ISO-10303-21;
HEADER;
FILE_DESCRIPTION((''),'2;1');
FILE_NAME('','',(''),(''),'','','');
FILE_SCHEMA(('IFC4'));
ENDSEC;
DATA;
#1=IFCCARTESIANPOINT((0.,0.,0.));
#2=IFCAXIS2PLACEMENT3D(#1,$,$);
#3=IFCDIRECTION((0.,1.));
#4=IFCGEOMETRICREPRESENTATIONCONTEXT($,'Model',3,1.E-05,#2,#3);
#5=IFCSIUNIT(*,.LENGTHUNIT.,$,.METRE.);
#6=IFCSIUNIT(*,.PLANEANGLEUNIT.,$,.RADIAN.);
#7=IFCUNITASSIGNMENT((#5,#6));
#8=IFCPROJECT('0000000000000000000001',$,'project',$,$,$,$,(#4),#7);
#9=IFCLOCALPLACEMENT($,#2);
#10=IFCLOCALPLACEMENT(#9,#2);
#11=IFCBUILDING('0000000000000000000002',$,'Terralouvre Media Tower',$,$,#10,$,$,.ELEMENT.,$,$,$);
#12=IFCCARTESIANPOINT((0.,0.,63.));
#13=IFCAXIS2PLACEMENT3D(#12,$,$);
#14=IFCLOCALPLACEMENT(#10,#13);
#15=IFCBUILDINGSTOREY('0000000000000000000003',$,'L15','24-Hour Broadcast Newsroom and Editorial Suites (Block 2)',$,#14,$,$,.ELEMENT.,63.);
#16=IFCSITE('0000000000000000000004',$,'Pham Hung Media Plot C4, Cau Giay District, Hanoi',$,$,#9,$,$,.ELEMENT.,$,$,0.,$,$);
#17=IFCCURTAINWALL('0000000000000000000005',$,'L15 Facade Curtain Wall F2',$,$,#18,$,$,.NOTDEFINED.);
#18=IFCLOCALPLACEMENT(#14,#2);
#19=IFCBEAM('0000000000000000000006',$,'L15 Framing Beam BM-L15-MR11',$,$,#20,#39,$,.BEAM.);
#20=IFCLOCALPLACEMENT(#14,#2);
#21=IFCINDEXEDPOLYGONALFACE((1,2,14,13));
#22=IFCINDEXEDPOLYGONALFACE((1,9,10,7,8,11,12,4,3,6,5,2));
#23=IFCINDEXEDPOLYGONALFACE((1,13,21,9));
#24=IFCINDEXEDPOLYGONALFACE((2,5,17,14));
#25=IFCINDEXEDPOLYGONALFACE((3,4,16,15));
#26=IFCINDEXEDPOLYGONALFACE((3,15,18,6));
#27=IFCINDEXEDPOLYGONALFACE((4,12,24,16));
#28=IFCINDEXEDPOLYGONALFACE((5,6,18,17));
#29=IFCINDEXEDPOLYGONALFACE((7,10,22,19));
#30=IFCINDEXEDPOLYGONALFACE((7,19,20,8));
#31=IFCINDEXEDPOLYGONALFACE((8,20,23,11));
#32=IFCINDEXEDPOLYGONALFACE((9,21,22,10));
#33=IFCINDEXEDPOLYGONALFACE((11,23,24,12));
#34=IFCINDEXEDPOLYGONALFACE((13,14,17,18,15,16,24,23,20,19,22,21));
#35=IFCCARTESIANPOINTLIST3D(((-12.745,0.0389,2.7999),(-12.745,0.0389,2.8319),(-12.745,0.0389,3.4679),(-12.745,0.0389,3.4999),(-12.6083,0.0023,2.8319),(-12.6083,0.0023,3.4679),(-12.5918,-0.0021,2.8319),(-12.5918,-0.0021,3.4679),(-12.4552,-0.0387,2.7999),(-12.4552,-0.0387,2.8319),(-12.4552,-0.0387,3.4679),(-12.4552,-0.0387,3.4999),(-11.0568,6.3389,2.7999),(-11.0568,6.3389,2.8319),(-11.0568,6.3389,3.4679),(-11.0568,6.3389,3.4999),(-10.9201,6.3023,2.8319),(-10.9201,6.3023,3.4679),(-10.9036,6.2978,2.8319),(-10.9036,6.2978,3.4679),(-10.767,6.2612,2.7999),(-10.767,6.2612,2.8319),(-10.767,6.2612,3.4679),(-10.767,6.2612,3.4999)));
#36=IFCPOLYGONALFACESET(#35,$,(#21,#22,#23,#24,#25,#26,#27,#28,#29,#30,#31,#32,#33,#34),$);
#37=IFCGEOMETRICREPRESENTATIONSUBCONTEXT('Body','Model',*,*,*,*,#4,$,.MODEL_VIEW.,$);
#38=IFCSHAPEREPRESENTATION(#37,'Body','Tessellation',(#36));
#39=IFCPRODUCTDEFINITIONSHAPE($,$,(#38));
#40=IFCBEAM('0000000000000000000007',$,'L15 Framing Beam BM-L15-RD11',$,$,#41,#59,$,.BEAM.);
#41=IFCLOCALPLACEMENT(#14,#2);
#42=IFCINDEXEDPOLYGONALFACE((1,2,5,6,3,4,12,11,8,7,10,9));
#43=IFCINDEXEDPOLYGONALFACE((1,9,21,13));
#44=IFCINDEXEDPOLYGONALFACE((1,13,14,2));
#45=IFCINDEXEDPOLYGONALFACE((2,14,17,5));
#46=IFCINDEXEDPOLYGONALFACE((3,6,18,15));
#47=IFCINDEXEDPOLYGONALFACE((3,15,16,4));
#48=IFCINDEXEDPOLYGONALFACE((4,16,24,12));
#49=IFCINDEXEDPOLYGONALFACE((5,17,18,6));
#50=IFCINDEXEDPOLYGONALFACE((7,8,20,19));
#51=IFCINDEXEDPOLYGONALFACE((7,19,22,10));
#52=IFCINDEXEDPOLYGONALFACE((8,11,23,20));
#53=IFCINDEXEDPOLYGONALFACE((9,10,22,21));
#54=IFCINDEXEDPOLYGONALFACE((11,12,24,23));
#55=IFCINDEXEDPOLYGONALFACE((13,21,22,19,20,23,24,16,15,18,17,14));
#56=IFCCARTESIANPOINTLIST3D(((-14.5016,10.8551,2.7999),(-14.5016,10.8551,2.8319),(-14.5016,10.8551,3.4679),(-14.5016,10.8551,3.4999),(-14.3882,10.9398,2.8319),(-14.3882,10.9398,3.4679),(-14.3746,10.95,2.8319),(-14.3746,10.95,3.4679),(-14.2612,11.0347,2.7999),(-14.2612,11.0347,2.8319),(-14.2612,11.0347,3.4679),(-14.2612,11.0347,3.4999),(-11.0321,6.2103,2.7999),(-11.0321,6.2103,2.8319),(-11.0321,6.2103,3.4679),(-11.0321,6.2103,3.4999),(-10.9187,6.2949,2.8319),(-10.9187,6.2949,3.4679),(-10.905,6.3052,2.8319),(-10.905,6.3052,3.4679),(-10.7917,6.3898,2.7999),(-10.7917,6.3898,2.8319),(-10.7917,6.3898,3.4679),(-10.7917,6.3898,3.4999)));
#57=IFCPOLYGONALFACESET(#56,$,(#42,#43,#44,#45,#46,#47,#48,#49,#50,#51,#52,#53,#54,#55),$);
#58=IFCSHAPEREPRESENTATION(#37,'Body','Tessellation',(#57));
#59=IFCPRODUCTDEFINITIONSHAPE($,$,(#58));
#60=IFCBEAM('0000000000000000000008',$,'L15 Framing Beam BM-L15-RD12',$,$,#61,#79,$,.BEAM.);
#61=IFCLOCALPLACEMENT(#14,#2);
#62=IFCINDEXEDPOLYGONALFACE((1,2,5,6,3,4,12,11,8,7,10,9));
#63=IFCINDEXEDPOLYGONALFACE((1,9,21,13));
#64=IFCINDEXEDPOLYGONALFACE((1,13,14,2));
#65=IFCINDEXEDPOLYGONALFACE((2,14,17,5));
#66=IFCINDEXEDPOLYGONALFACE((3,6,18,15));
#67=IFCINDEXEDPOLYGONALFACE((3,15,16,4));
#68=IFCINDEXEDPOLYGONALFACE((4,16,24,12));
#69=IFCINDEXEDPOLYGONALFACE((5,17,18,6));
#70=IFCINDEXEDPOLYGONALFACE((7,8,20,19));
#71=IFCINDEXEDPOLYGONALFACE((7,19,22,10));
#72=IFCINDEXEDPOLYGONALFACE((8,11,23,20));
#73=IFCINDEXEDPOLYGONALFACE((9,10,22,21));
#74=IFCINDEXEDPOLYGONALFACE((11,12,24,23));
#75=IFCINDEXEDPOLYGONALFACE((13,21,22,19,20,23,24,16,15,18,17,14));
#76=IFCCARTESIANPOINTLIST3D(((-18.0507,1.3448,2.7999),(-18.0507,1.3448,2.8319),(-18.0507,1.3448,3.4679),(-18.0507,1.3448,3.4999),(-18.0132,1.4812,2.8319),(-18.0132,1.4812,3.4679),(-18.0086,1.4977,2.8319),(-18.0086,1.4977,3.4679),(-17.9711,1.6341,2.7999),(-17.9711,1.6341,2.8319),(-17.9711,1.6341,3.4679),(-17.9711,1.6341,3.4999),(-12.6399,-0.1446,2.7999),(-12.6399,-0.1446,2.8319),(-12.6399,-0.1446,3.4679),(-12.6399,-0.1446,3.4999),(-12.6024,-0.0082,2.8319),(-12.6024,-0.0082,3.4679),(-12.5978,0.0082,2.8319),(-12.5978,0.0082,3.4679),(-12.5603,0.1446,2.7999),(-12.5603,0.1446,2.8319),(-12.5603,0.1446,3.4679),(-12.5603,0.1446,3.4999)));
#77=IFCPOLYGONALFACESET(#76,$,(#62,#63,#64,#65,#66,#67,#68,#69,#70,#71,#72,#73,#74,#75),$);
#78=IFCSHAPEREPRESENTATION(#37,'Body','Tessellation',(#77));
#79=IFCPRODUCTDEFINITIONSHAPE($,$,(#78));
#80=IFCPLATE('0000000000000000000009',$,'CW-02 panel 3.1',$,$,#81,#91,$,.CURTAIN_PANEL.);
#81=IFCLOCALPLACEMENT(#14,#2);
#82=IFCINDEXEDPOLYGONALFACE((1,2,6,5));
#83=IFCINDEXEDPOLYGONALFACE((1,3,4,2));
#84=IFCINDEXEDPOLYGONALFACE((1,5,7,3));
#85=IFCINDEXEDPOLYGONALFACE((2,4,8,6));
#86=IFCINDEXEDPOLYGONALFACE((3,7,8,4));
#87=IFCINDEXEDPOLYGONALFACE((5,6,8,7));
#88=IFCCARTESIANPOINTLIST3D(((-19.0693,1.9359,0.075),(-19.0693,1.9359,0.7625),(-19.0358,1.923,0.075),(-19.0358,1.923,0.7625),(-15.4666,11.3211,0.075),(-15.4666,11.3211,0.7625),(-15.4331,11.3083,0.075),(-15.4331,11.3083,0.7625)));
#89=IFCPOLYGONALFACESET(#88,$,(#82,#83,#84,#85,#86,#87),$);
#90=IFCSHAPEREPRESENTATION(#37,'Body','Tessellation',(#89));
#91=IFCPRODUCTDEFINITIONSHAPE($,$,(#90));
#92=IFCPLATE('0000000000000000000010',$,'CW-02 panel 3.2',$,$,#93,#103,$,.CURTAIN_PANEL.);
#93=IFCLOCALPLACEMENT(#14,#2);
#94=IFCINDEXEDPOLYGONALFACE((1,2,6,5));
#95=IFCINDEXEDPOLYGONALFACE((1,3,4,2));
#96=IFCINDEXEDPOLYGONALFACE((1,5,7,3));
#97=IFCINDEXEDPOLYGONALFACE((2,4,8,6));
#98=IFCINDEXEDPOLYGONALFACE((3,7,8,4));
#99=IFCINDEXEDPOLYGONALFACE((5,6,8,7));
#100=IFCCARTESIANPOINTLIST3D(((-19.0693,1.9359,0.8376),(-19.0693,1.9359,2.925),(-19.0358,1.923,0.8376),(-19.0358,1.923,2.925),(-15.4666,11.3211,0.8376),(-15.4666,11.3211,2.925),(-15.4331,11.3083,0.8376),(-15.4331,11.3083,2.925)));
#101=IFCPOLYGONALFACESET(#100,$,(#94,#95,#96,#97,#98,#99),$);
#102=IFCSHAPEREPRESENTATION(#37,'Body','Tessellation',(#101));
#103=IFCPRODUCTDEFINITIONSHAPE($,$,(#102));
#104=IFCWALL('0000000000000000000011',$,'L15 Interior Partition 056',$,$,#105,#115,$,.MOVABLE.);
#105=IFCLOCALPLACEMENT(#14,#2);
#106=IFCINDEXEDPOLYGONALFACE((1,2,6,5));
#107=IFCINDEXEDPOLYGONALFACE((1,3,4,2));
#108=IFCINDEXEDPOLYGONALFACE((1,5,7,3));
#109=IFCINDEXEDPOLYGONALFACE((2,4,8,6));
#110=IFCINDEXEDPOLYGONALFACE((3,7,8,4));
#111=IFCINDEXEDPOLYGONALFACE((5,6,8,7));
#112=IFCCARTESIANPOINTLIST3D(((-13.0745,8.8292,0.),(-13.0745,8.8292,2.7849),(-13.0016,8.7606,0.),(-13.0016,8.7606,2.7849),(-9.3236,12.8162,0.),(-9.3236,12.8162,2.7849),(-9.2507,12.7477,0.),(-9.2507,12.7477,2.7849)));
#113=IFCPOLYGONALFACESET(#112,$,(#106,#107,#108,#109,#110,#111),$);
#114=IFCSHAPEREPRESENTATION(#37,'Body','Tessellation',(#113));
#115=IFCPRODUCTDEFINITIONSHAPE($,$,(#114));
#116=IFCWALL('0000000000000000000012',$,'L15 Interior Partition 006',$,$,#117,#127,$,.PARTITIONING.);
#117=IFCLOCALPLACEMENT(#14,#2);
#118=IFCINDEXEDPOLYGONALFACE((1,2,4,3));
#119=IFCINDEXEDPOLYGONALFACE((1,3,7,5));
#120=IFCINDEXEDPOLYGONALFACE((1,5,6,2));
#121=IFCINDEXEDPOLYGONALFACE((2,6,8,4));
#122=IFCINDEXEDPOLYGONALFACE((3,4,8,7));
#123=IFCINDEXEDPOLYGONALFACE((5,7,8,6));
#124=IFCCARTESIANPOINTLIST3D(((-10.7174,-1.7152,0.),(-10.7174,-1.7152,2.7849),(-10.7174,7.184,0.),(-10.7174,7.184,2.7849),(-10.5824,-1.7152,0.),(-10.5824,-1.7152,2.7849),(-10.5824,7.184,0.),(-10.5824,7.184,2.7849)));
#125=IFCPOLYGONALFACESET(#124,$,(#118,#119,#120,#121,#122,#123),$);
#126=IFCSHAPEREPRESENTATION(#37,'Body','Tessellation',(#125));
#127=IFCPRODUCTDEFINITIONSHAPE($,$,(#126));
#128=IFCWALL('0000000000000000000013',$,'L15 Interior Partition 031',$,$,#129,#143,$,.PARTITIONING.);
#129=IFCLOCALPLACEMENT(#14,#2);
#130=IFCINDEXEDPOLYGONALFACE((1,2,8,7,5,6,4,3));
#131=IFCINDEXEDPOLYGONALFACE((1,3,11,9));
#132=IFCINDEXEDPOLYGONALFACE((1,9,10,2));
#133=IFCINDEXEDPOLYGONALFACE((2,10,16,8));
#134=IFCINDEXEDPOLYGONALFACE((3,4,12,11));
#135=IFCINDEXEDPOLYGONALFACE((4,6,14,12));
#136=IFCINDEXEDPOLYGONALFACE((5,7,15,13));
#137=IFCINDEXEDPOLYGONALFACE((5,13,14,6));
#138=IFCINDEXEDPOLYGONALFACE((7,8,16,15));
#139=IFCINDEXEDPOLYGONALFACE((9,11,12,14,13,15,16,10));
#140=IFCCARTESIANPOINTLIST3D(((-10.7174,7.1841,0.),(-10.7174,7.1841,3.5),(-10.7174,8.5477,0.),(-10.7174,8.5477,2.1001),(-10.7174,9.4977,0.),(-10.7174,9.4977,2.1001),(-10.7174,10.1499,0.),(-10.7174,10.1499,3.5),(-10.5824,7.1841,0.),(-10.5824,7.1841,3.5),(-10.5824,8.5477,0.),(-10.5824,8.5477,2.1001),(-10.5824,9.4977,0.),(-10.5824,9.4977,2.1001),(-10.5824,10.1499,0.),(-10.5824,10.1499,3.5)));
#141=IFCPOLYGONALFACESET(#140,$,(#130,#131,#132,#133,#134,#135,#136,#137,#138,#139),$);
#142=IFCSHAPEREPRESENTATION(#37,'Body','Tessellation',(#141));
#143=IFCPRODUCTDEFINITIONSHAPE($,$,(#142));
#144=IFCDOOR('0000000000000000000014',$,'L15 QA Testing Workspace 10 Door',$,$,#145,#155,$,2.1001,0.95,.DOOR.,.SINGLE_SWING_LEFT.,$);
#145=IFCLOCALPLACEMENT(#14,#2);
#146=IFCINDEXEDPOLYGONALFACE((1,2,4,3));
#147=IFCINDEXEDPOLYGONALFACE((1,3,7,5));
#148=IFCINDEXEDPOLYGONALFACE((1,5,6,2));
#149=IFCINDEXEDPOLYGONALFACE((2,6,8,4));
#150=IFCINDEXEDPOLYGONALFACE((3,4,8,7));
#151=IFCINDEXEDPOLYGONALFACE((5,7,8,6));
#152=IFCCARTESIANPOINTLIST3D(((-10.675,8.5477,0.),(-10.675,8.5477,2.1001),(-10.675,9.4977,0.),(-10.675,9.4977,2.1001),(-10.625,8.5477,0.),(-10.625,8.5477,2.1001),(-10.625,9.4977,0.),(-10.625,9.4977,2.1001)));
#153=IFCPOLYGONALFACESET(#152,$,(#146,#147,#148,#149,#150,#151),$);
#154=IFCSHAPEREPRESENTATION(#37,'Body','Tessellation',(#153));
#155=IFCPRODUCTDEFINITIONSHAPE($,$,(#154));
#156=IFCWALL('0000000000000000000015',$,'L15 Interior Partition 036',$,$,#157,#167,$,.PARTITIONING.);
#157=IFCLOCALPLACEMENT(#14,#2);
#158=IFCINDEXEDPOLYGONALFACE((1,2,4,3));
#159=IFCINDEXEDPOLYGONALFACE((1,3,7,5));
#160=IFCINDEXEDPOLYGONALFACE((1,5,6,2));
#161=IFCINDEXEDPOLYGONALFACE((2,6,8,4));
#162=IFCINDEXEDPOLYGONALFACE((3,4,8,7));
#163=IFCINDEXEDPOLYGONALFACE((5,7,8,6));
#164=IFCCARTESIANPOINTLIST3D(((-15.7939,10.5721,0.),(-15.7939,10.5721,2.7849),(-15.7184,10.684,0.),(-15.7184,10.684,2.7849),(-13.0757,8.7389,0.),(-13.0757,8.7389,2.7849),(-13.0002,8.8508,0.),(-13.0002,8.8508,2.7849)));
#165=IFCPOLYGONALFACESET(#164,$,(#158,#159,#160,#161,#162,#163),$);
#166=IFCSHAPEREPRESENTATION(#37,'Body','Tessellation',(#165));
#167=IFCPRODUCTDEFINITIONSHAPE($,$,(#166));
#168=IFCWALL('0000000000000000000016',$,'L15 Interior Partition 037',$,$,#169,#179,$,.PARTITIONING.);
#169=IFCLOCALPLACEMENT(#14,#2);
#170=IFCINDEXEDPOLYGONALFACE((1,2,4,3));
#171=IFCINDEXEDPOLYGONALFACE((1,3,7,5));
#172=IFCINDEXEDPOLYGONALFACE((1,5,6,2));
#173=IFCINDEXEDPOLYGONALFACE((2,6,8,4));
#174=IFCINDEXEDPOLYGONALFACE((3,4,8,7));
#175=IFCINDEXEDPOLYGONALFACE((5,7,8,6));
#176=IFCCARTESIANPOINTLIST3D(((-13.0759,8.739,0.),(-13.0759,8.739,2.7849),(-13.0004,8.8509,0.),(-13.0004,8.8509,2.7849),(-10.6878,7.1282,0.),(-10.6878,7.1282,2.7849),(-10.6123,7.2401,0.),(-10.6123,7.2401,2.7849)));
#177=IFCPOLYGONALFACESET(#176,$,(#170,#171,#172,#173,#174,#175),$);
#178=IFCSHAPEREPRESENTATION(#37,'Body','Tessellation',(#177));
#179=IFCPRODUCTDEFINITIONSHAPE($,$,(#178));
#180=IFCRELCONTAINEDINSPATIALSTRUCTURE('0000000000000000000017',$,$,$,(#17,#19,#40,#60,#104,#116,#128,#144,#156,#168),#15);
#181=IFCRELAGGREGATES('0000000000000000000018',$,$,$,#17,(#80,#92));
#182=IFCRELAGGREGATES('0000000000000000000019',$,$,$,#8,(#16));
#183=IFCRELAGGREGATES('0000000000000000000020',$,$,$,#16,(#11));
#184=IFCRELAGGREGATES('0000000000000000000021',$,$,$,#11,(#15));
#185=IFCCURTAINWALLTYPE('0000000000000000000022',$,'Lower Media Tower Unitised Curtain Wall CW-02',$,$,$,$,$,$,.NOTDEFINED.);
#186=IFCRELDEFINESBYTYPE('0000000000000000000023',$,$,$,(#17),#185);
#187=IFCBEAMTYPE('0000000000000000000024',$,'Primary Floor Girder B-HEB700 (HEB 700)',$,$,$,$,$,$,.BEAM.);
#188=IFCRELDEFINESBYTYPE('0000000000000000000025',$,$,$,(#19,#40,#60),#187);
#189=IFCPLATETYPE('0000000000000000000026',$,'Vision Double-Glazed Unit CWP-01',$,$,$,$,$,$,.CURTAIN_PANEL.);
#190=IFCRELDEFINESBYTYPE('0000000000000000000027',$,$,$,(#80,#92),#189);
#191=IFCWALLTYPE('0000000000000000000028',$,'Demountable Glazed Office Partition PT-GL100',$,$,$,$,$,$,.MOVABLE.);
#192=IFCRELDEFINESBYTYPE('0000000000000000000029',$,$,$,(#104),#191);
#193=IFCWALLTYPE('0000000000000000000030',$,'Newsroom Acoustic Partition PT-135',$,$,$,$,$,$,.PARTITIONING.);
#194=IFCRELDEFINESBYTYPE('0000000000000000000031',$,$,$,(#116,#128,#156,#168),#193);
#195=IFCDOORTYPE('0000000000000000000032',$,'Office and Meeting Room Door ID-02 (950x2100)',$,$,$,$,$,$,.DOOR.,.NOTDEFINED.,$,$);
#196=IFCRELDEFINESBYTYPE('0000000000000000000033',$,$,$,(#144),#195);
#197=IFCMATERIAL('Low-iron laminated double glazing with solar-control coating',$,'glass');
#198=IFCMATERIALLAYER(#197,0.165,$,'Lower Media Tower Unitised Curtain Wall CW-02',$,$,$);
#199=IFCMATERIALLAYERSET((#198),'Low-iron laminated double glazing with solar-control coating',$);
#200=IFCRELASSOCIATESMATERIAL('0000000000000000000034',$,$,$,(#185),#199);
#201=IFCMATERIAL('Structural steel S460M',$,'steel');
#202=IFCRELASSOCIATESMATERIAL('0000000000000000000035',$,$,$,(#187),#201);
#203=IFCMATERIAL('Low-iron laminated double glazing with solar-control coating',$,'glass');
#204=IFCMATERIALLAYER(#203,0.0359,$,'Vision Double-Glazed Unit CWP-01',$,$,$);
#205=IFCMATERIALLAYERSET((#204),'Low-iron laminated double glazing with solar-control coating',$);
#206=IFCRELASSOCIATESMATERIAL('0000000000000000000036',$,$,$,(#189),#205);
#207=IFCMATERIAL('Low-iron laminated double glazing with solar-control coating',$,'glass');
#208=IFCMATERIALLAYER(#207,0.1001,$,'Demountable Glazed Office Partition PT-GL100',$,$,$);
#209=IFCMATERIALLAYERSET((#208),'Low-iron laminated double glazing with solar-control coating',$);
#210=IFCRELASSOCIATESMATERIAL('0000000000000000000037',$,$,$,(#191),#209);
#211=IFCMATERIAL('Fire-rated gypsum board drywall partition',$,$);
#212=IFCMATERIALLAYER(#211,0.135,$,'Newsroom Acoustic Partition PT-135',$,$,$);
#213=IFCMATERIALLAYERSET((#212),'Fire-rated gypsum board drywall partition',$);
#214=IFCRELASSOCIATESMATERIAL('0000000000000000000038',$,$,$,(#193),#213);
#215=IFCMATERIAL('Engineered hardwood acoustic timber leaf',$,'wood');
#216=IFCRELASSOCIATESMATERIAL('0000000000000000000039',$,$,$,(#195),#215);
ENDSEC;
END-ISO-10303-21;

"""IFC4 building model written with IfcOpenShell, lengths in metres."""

from ifc_helpers import new_model, si_unit, direction, frame, frame_2d, origin, origin_2d, place, context, subcontext, project, spatial, rectangle, i_section, extrude, material, layer, layer_set, material_profile, profile_set, type_object, element, fill, aggregate, save


model = new_model("IFC4")

# Units and contexts
model_context = context("Model", 3, precision=1e-05, world=origin(), true_north=direction((0.0, 1.0)))
body_context = subcontext(model_context, "Body", "Model", "MODEL_VIEW")
ifc_project = project(units=[si_unit("LENGTHUNIT", "METRE"), si_unit("PLANEANGLEUNIT", "RADIAN")], contexts=[model_context])

# Site, building, storey
site_placement = place(None, origin())
site = spatial("IfcSite", under=ifc_project, at=site_placement, Name="Pham Hung Media Plot C4, Cau Giay District, Hanoi", CompositionType="ELEMENT", RefElevation=0.0)
building_placement = place(site_placement, origin())
building = spatial("IfcBuilding", under=site, at=building_placement, Name="Terralouvre Media Tower", CompositionType="ELEMENT")
storey_placement = place(building_placement, frame((0.0, 0.0, 63.0)))
storey = spatial("IfcBuildingStorey", under=building, at=storey_placement, Name="L15", Description="24-Hour Broadcast Newsroom and Editorial Suites (Block 2)", CompositionType="ELEMENT", Elevation=63.0)

# Curtain wall
ifc_material_1 = material(Name="Low-iron laminated double glazing with solar-control coating", Category="glass")
ifc_layer_1 = layer(ifc_material_1, 0.165, Name="Lower Media Tower Unitised Curtain Wall CW-02")
ifc_layer_set_1 = layer_set([ifc_layer_1], Name="Low-iron laminated double glazing with solar-control coating")
curtain_wall_type = type_object("IfcCurtainWallType", Name="Lower Media Tower Unitised Curtain Wall CW-02", PredefinedType="NOTDEFINED", material=ifc_layer_set_1)
curtain_wall_placement = place(storey_placement, origin())
curtain_wall = element("IfcCurtainWall", 1, at=curtain_wall_placement, inside=storey, type_object=curtain_wall_type, Name="L15 Facade Curtain Wall F2", PredefinedType="NOTDEFINED")

# Beams
ifc_material_2 = material(Name="Structural steel S460M", Category="steel")
ifc_material_profile_1 = material_profile(ifc_material_2, i_section(OverallWidth=0.3, OverallDepth=0.7, WebThickness=0.0171, FlangeThickness=0.032, at=origin_2d()), Name="HEB 700")
ifc_profile_set_1 = profile_set([ifc_material_profile_1], Name="Structural steel S460M")
beam_type_1 = type_object("IfcBeamType", Name="Primary Floor Girder B-HEB700 (HEB 700)", PredefinedType="BEAM", material=ifc_profile_set_1)
beam_1_placement = place(storey_placement, frame((-10.9119, 6.3, 3.1499), z_axis=(-0.258839, -0.96592, 0.0), x_axis=(0.96592, -0.258839, 0.0)))
element("IfcBeam", 2, at=beam_1_placement, inside=storey, type_object=beam_type_1, Name="L15 Framing Beam BM-L15-MR11", PredefinedType="BEAM", context=body_context, shape_type="SweptSolid", body=[
    extrude(i_section(OverallWidth=0.3, OverallDepth=0.7, WebThickness=0.0171, FlangeThickness=0.032, at=origin_2d()), origin(), (0.0, 0.0, 1.0), 6.5222),
])
beam_2_placement = place(storey_placement, frame((-10.9119, 6.3, 3.1499), z_axis=(-0.598442, 0.801166, 0.0), x_axis=(-0.801166, -0.598442, 0.0)))
element("IfcBeam", 3, at=beam_2_placement, inside=storey, type_object=beam_type_1, Name="L15 Framing Beam BM-L15-RD11", PredefinedType="BEAM", context=body_context, shape_type="SweptSolid", body=[
    extrude(i_section(OverallWidth=0.3, OverallDepth=0.7, WebThickness=0.0171, FlangeThickness=0.032, at=origin_2d()), origin(), (0.0, 0.0, 1.0), 5.7976),
])
beam_3_placement = place(storey_placement, frame((-12.6001, 0.0, 3.1499), z_axis=(-0.964137, 0.265406, 0.0), x_axis=(-0.265406, -0.964137, 0.0)))
element("IfcBeam", 4, at=beam_3_placement, inside=storey, type_object=beam_type_1, Name="L15 Framing Beam BM-L15-RD12", PredefinedType="BEAM", context=body_context, shape_type="SweptSolid", body=[
    extrude(i_section(OverallWidth=0.3, OverallDepth=0.7, WebThickness=0.0171, FlangeThickness=0.032, at=origin_2d()), origin(), (0.0, 0.0, 1.0), 5.6121),
])

# Plates
ifc_material_3 = material(Name="Low-iron laminated double glazing with solar-control coating", Category="glass")
ifc_layer_2 = layer(ifc_material_3, 0.0359, Name="Vision Double-Glazed Unit CWP-01")
ifc_layer_set_2 = layer_set([ifc_layer_2], Name="Low-iron laminated double glazing with solar-control coating")
plate_type = type_object("IfcPlateType", Name="Vision Double-Glazed Unit CWP-01", PredefinedType="CURTAIN_PANEL", material=ifc_layer_set_2)
plate_1_placement = place(storey_placement, frame((-17.2512, 6.6221, 0.075), z_axis=(0.0, 0.0, 1.0), x_axis=(-0.358368, -0.93358, 0.0)))
plate_1 = element("IfcPlate", 5, at=plate_1_placement, type_object=plate_type, Name="CW-02 panel 3.1", PredefinedType="CURTAIN_PANEL", context=body_context, shape_type="SweptSolid", body=[
    extrude(rectangle(XDim=10.053, YDim=0.0359, at=origin_2d()), origin(), (0.0, 0.0, 1.0), 0.6875),
])
plate_2_placement = place(storey_placement, frame((-17.2512, 6.6221, 0.8376), z_axis=(0.0, 0.0, 1.0), x_axis=(-0.358368, -0.93358, 0.0)))
plate_2 = element("IfcPlate", 6, at=plate_2_placement, type_object=plate_type, Name="CW-02 panel 3.2", PredefinedType="CURTAIN_PANEL", context=body_context, shape_type="SweptSolid", body=[
    extrude(rectangle(XDim=10.053, YDim=0.0359, at=origin_2d()), origin(), (0.0, 0.0, 1.0), 2.0874),
])
aggregate(curtain_wall, [plate_1, plate_2])

# Walls
ifc_material_4 = material(Name="Low-iron laminated double glazing with solar-control coating", Category="glass")
ifc_layer_3 = layer(ifc_material_4, 0.1001, Name="Demountable Glazed Office Partition PT-GL100")
ifc_layer_set_3 = layer_set([ifc_layer_3], Name="Low-iron laminated double glazing with solar-control coating")
wall_type_1 = type_object("IfcWallType", Name="Demountable Glazed Office Partition PT-GL100", PredefinedType="MOVABLE", material=ifc_layer_set_3)
wall_1_placement = place(storey_placement, frame((-13.0381, 8.7949, 0.0), z_axis=(0.0, 0.0, 1.0), x_axis=(0.685214, 0.728341, 0.0)))
element("IfcWall", 7, at=wall_1_placement, inside=storey, type_object=wall_type_1, Name="L15 Interior Partition 056", PredefinedType="MOVABLE", context=body_context, shape_type="SweptSolid", body=[
    extrude(rectangle(XDim=5.4741, YDim=0.1001, at=frame_2d((2.7371, 0.0))), origin(), (0.0, 0.0, 1.0), 2.7849),
])
ifc_material_5 = material(Name="Fire-rated gypsum board drywall partition")
ifc_layer_4 = layer(ifc_material_5, 0.135, Name="Newsroom Acoustic Partition PT-135")
ifc_layer_set_4 = layer_set([ifc_layer_4], Name="Fire-rated gypsum board drywall partition")
wall_type_2 = type_object("IfcWallType", Name="Newsroom Acoustic Partition PT-135", PredefinedType="PARTITIONING", material=ifc_layer_set_4)
wall_2_placement = place(storey_placement, frame((-10.6499, 7.1841, 0.0), z_axis=(0.0, 0.0, 1.0), x_axis=(0.0, -1.0, 0.0)))
element("IfcWall", 8, at=wall_2_placement, inside=storey, type_object=wall_type_2, Name="L15 Interior Partition 006", PredefinedType="PARTITIONING", context=body_context, shape_type="SweptSolid", body=[
    extrude(rectangle(XDim=8.8992, YDim=0.135, at=frame_2d((4.4497, 0.0))), origin(), (0.0, 0.0, 1.0), 2.7849),
])

# Wall, opening, door
wall_3_placement = place(storey_placement, frame((-10.6499, 10.1499, 0.0), z_axis=(0.0, 0.0, 1.0), x_axis=(0.0, -1.0, 0.0)))
wall_3 = element("IfcWall", 9, at=wall_3_placement, inside=storey, type_object=wall_type_2, Name="L15 Interior Partition 031", PredefinedType="PARTITIONING", context=body_context, shape_type="SweptSolid", body=[
    extrude(rectangle(XDim=2.9658, YDim=0.135, at=frame_2d((1.4829, 0.0))), origin(), (0.0, 0.0, 1.0), 3.5),
])
opening_placement = place(wall_3_placement, frame((0.6521, 0.0, 0.0)))
opening = element("IfcOpeningElement", 10, at=opening_placement, cuts=wall_3, PredefinedType="OPENING", context=body_context, shape_type="SweptSolid", body=[
    extrude(rectangle(XDim=0.95, YDim=2.1001, at=frame_2d((0.4751, 1.05))), frame((0.0, 0.0774, 0.0), z_axis=(0.0, -1.0, 0.0), x_axis=(1.0, 0.0, 0.0)), (0.0, 0.0, 1.0), 0.155),
])
ifc_material_6 = material(Name="Engineered hardwood acoustic timber leaf", Category="wood")
door_type = type_object("IfcDoorType", Name="Office and Meeting Room Door ID-02 (950x2100)", OperationType="NOTDEFINED", PredefinedType="DOOR", material=ifc_material_6)
door_placement = place(opening_placement, origin())
door = element("IfcDoor", 11, at=door_placement, inside=storey, type_object=door_type, Name="L15 QA Testing Workspace 10 Door", OperationType="SINGLE_SWING_LEFT", OverallHeight=2.1001, OverallWidth=0.95, PredefinedType="DOOR", context=body_context, shape_type="SweptSolid", body=[
    extrude(rectangle(XDim=0.95, YDim=2.1001, at=frame_2d((0.4751, 1.05))), frame((0.0, 0.0249, 0.0), z_axis=(0.0, -1.0, 0.0), x_axis=(1.0, 0.0, 0.0)), (0.0, 0.0, 1.0), 0.05),
])
fill(opening, door)

# Walls
wall_4_placement = place(storey_placement, frame((-13.0381, 8.7949, 0.0), z_axis=(0.0, 0.0, 1.0), x_axis=(-0.829071, 0.559143, 0.0)))
element("IfcWall", 12, at=wall_4_placement, inside=storey, type_object=wall_type_2, Name="L15 Interior Partition 036", PredefinedType="PARTITIONING", context=body_context, shape_type="SweptSolid", body=[
    extrude(rectangle(XDim=3.2786, YDim=0.135, at=frame_2d((1.6392, 0.0))), origin(), (0.0, 0.0, 1.0), 2.7849),
])
wall_5_placement = place(storey_placement, frame((-10.6499, 7.1841, 0.0), z_axis=(0.0, 0.0, 1.0), x_axis=(-0.829039, 0.55919, 0.0)))
element("IfcWall", 13, at=wall_5_placement, inside=storey, type_object=wall_type_2, Name="L15 Interior Partition 037", PredefinedType="PARTITIONING", context=body_context, shape_type="SweptSolid", body=[
    extrude(rectangle(XDim=2.8806, YDim=0.135, at=frame_2d((1.4404, 0.0))), origin(), (0.0, 0.0, 1.0), 2.7849),
])

save(model, "model.ifc")
